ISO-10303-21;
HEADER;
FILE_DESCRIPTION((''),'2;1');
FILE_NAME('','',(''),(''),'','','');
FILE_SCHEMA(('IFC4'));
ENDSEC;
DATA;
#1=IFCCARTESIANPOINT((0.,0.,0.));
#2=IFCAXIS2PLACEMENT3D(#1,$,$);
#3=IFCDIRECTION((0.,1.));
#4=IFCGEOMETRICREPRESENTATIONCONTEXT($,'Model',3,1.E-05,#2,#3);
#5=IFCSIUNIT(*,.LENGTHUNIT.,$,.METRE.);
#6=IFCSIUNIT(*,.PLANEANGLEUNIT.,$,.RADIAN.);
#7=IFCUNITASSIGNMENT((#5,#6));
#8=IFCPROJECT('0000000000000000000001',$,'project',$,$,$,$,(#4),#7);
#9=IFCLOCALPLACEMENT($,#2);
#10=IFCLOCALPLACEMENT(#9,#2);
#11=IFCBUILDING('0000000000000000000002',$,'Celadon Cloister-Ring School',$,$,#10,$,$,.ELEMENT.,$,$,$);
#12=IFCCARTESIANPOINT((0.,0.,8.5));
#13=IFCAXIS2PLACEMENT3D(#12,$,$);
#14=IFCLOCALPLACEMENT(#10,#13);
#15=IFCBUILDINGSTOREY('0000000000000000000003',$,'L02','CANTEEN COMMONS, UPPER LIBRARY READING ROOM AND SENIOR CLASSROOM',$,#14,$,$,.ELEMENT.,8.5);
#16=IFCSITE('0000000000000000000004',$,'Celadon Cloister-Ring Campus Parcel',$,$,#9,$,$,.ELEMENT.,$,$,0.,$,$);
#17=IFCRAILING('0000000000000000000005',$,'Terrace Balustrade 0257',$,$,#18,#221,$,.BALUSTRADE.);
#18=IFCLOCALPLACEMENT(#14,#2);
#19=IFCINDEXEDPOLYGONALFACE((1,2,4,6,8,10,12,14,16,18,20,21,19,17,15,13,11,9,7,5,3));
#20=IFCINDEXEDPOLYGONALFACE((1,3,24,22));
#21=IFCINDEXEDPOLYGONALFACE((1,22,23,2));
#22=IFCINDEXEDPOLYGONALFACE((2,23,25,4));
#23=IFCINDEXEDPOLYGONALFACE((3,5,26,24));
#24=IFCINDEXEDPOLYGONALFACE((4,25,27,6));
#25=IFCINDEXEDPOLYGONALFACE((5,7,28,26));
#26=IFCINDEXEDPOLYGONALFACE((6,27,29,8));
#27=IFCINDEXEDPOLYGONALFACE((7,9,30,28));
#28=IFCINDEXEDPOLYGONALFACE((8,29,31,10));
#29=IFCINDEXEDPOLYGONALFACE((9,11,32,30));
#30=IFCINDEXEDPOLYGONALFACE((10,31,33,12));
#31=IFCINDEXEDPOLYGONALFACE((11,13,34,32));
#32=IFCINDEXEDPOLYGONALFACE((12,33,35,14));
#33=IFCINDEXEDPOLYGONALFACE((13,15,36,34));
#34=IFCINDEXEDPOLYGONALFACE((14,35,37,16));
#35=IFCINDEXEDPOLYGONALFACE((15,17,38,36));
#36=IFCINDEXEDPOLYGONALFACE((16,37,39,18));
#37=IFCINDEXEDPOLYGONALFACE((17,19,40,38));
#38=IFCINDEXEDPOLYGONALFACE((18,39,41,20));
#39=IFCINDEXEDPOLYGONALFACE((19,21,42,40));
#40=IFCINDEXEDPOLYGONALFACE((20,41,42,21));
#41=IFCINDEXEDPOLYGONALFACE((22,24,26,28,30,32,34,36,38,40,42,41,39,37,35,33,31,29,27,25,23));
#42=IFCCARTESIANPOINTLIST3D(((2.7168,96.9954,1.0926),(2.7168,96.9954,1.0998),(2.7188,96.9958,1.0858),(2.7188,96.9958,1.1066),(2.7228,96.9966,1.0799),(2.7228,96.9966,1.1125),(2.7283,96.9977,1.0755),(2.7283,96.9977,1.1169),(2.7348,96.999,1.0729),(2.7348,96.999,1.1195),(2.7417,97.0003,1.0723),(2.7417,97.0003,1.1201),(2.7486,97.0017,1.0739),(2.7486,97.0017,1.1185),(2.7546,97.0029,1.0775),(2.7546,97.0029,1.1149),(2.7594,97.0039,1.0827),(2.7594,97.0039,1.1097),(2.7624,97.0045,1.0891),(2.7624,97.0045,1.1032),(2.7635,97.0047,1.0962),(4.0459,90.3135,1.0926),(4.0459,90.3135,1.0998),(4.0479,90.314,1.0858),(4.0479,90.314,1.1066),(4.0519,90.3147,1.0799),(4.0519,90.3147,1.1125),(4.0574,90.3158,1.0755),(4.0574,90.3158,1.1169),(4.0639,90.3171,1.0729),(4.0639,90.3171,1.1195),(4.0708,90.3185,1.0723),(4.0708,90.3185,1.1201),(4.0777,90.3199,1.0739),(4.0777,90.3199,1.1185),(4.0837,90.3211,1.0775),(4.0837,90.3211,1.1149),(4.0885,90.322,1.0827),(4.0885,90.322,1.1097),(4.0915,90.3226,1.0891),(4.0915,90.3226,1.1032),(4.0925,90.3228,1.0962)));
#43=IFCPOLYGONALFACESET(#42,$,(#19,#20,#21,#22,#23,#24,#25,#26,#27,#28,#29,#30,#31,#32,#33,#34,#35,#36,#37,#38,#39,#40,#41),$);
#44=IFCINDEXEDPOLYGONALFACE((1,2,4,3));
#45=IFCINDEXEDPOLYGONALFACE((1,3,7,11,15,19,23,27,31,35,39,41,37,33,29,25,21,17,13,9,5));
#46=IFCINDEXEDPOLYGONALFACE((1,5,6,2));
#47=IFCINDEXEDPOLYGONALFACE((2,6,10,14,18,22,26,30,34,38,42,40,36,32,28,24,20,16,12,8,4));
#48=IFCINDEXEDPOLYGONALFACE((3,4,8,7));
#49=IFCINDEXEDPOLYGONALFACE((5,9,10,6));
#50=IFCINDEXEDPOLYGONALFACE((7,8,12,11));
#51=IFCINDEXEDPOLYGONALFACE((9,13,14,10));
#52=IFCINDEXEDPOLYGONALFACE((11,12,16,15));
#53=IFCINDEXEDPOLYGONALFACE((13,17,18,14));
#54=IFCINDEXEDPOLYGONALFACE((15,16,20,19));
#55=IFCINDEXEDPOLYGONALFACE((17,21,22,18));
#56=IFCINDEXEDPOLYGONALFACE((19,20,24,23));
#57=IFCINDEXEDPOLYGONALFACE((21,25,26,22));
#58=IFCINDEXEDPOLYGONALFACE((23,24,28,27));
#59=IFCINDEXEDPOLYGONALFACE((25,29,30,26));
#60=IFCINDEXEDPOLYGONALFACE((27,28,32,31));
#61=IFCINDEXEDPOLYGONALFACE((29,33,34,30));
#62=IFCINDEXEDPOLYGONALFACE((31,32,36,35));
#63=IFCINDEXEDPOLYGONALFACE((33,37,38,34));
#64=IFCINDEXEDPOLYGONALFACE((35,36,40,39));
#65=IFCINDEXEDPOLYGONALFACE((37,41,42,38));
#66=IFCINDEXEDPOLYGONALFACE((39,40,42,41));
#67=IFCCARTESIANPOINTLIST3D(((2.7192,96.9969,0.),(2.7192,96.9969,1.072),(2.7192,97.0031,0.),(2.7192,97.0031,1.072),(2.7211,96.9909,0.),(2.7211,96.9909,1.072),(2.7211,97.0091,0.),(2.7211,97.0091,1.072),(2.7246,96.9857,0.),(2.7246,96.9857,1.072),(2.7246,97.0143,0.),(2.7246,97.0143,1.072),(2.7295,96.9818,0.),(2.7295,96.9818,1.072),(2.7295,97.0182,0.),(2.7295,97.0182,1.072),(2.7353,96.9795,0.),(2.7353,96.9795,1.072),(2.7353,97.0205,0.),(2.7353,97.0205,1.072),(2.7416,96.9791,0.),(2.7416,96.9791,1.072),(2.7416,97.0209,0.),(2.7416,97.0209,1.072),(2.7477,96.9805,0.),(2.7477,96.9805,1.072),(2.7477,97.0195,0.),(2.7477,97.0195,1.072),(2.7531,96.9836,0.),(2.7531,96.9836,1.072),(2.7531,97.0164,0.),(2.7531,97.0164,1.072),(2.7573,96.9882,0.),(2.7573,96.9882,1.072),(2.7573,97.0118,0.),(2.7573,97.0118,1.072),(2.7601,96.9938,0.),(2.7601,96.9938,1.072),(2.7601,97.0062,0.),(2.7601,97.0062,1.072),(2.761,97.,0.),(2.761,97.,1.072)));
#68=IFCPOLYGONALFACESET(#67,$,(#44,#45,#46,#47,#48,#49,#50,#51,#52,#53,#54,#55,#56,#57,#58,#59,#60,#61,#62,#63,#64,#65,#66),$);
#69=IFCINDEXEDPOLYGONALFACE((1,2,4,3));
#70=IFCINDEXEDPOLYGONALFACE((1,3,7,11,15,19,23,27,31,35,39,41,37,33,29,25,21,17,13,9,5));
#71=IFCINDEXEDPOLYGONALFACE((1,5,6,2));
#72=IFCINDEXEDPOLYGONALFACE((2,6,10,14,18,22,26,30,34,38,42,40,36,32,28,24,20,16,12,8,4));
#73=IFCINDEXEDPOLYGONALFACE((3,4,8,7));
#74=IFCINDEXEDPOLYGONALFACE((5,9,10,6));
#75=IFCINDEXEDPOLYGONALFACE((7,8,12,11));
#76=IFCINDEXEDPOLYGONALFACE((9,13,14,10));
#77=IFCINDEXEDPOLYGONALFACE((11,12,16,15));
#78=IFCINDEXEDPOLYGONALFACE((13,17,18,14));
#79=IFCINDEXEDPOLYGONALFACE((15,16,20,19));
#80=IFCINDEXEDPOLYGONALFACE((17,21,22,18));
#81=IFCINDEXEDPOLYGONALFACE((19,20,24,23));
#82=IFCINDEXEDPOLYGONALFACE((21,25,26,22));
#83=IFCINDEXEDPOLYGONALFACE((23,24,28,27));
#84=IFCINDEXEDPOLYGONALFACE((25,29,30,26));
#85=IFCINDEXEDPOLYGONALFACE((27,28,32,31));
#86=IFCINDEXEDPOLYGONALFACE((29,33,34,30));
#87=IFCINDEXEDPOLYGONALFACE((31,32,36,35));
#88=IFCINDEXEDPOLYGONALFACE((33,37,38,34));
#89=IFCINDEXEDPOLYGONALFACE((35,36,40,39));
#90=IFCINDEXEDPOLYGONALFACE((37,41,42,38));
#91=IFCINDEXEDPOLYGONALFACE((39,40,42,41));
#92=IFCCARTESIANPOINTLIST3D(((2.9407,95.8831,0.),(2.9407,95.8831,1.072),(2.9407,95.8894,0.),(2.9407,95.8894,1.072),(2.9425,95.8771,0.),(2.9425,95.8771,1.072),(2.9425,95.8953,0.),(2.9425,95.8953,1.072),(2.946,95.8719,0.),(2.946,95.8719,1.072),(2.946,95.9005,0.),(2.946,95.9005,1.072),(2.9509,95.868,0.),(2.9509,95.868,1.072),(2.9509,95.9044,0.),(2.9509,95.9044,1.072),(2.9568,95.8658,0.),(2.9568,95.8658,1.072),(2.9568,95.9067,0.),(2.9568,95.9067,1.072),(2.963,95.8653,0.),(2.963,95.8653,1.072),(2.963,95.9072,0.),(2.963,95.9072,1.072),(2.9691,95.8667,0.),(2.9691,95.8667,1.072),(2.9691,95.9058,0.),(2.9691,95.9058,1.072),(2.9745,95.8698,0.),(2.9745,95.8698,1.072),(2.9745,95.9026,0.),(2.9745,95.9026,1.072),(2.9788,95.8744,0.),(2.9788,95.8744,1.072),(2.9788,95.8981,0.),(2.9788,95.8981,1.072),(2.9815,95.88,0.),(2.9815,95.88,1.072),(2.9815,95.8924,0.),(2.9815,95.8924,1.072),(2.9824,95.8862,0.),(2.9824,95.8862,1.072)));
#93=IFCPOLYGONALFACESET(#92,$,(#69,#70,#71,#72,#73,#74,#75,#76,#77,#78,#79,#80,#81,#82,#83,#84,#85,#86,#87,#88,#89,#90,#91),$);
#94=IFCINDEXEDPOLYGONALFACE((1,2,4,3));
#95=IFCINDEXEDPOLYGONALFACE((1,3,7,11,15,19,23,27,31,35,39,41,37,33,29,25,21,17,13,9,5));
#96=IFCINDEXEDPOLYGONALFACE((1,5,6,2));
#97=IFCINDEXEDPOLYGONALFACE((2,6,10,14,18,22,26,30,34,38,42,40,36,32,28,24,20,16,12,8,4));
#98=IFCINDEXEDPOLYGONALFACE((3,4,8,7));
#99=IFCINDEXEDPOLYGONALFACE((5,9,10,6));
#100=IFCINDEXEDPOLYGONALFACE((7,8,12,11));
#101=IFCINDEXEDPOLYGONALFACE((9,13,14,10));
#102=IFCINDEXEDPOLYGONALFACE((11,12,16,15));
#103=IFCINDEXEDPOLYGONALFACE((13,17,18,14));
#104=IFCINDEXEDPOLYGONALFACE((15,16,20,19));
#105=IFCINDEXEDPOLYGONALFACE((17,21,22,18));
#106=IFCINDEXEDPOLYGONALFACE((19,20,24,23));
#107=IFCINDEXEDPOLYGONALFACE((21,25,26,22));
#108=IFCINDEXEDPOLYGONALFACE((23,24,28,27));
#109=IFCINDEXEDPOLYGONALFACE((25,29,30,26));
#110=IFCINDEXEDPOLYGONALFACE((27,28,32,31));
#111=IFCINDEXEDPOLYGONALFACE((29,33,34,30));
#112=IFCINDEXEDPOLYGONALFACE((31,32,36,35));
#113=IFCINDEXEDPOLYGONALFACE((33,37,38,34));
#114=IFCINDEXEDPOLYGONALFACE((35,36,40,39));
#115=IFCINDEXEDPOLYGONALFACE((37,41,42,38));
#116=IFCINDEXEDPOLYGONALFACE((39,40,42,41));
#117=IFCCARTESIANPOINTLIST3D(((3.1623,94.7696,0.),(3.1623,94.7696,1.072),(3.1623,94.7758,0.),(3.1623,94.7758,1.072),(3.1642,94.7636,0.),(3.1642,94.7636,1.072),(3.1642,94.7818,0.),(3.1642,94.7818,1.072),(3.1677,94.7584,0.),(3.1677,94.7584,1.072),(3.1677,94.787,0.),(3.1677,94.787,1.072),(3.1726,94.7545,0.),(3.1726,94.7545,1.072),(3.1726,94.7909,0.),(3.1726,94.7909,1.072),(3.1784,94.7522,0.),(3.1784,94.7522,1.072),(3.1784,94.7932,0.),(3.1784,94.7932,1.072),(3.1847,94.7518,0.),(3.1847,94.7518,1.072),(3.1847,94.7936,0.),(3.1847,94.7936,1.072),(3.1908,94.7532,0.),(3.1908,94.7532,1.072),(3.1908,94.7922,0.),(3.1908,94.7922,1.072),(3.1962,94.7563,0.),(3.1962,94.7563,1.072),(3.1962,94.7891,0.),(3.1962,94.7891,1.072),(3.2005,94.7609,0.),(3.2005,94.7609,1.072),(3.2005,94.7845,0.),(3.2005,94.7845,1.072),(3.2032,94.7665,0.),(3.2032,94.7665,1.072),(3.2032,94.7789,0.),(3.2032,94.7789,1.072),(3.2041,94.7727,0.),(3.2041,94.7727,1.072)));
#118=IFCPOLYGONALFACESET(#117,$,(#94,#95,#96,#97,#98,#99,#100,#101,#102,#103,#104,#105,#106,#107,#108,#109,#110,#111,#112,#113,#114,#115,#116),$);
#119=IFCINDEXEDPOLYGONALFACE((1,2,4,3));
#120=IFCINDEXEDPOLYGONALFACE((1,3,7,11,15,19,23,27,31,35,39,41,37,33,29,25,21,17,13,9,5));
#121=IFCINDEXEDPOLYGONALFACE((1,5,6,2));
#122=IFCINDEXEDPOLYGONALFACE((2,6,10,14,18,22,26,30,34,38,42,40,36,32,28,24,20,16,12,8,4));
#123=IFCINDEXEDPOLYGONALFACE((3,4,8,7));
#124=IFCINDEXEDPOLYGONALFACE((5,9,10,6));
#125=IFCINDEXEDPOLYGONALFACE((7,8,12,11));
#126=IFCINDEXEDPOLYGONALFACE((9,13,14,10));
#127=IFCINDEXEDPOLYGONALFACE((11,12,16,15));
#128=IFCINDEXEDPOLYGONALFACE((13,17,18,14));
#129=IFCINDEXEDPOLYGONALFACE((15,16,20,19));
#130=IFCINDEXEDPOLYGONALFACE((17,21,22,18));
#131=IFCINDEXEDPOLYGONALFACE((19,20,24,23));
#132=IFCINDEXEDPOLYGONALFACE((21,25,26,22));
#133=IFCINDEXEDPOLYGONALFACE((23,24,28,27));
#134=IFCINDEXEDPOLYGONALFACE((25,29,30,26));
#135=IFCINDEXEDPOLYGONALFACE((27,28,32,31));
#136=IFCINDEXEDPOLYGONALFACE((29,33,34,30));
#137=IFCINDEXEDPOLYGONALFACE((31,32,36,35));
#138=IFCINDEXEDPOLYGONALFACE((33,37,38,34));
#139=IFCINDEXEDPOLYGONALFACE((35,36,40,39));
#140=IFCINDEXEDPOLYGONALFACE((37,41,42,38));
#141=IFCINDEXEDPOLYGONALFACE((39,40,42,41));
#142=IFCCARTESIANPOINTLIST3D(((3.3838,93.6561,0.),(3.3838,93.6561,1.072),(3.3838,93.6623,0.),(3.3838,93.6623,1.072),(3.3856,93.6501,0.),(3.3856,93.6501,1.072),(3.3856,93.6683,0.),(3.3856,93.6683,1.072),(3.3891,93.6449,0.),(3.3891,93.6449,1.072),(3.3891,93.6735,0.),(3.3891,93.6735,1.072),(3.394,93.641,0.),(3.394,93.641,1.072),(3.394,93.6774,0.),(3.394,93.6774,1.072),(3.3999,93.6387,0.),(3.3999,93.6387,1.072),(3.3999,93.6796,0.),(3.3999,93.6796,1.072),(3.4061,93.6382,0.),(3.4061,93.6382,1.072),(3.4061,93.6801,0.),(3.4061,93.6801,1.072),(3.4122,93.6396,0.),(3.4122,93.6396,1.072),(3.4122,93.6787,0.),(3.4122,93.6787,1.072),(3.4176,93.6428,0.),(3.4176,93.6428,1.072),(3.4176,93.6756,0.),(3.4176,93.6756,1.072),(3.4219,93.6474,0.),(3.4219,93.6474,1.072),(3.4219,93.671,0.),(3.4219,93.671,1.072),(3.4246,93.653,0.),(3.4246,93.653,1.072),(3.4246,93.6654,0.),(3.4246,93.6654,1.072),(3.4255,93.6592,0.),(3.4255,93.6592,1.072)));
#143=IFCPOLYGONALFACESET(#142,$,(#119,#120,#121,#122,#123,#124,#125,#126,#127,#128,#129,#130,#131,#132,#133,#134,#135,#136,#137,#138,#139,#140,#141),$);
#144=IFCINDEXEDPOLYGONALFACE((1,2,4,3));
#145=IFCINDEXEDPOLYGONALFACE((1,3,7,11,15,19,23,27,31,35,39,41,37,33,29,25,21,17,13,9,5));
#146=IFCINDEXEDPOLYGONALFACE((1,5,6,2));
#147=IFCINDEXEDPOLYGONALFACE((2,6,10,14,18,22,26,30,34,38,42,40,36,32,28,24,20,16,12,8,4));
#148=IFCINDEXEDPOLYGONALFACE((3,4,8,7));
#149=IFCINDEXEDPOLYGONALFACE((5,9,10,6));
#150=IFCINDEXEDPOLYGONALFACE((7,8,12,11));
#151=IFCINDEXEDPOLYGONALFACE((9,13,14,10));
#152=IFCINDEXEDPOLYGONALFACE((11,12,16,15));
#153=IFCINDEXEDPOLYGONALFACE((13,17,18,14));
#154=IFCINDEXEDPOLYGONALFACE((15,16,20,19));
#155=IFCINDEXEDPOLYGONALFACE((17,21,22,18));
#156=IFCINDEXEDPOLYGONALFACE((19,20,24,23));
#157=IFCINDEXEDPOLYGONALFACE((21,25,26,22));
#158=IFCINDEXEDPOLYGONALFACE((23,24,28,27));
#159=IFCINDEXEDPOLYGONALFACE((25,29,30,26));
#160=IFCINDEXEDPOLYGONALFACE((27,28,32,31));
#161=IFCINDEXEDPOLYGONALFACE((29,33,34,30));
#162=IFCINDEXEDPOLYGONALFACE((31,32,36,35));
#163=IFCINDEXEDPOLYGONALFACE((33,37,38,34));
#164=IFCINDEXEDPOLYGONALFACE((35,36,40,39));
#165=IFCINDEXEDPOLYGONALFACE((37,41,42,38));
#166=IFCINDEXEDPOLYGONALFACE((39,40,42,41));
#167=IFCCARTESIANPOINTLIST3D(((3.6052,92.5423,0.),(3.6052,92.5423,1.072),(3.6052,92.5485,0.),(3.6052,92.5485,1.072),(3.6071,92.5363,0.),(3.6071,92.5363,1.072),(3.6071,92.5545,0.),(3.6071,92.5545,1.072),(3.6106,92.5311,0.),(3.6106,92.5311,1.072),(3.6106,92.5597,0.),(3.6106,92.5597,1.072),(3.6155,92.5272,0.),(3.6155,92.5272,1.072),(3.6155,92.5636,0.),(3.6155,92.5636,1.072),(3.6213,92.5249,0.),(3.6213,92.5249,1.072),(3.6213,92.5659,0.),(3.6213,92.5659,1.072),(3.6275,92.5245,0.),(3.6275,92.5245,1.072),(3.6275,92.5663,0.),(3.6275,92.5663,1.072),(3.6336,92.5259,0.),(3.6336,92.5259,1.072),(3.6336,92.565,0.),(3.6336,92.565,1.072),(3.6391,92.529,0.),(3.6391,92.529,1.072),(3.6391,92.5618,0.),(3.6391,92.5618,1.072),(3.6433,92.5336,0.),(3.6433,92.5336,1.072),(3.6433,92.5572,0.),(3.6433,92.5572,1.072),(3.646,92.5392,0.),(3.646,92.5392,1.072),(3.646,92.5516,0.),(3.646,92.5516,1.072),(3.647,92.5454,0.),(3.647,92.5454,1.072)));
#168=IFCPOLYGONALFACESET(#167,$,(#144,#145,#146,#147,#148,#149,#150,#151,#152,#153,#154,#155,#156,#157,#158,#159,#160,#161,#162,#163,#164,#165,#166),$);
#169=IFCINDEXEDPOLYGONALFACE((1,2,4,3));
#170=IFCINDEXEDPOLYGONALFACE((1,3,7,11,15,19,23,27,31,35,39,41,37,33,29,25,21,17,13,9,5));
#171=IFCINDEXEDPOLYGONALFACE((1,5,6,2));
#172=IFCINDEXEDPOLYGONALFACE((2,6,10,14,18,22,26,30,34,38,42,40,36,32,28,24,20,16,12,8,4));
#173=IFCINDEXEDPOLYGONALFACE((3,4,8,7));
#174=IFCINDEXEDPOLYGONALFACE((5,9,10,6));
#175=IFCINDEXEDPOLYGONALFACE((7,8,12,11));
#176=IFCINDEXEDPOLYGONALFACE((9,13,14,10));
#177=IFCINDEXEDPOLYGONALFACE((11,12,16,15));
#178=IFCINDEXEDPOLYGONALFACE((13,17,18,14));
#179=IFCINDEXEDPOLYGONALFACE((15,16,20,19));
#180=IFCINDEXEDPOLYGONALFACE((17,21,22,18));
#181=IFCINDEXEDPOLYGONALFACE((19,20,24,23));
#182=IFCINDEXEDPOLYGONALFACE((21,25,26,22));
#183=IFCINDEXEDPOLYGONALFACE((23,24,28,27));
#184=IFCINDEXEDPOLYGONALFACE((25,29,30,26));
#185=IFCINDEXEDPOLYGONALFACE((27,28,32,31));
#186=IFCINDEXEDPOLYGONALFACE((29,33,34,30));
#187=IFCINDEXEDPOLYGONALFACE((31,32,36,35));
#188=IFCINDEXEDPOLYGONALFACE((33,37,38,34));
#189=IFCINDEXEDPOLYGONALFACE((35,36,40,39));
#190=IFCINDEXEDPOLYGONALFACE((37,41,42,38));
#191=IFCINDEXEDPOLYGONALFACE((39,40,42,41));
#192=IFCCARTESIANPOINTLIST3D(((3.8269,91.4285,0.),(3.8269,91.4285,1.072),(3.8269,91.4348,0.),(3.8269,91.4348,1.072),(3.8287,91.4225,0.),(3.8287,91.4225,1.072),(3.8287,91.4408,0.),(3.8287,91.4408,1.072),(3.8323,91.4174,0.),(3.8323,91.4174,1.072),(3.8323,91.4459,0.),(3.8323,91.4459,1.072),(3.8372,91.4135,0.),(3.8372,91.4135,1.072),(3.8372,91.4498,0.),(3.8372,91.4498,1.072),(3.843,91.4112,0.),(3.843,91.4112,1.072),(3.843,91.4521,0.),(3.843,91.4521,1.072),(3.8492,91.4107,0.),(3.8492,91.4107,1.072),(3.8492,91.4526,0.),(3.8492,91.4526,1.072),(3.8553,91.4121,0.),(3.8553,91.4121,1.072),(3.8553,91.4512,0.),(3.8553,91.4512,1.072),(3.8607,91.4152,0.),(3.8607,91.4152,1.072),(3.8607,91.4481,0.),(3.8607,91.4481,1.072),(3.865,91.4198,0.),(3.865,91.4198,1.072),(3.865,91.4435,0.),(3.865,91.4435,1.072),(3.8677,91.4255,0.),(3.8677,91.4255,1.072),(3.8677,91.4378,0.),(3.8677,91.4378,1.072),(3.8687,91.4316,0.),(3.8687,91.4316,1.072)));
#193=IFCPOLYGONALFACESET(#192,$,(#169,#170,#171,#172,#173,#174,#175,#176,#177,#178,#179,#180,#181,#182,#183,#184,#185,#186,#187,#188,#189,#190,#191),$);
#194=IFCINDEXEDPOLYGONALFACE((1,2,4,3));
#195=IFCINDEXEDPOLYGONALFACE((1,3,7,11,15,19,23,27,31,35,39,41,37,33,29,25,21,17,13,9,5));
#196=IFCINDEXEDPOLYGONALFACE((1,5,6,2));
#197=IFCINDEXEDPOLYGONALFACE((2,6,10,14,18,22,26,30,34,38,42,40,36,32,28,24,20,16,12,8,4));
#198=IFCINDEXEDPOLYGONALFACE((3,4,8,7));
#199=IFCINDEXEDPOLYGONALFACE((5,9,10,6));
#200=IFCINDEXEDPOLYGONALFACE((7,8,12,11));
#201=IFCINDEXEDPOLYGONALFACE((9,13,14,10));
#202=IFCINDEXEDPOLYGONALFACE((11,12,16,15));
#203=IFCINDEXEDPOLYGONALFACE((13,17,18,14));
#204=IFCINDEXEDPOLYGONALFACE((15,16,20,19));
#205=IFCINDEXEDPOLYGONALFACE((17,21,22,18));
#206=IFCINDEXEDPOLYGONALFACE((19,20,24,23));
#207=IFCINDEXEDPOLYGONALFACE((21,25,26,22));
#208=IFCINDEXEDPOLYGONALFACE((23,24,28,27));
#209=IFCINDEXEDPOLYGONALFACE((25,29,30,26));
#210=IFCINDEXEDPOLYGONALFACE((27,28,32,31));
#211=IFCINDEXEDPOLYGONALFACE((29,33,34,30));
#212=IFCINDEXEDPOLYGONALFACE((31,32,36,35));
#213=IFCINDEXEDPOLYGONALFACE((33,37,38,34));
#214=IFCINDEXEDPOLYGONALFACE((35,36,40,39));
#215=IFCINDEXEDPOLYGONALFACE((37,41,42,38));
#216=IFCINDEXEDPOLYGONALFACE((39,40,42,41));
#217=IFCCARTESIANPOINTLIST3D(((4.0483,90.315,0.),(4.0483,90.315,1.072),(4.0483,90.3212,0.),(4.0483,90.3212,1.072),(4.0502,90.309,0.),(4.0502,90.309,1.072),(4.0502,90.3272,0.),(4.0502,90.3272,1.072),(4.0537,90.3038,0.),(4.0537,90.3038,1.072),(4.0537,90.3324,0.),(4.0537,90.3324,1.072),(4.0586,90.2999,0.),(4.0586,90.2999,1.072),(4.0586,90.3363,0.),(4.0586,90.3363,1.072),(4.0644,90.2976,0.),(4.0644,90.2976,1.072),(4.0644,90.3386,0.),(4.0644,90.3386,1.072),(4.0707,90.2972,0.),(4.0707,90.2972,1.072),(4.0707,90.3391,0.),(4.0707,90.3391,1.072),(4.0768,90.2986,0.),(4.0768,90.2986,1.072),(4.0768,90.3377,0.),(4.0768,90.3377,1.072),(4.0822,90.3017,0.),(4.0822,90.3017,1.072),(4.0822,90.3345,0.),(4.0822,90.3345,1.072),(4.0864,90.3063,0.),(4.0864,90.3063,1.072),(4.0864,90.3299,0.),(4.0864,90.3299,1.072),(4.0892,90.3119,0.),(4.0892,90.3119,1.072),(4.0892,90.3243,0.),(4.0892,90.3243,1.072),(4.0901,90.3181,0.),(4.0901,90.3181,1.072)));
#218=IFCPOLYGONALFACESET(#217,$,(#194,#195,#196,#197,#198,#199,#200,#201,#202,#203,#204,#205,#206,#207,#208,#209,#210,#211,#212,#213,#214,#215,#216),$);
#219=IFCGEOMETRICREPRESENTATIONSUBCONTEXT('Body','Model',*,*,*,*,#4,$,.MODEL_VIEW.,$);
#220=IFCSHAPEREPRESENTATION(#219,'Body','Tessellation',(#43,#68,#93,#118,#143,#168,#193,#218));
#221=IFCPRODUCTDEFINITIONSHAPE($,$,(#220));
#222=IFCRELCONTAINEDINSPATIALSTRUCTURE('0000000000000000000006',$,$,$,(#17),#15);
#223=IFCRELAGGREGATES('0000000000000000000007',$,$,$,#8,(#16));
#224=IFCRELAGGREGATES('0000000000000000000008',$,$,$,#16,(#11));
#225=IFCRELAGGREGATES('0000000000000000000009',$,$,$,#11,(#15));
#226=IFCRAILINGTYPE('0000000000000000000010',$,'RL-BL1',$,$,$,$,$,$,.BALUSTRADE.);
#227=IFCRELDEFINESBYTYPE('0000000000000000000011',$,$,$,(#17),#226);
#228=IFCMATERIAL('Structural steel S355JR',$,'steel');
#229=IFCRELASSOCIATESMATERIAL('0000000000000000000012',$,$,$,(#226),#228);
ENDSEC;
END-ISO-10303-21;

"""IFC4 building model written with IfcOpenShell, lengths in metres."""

from ifc_helpers import new_model, si_unit, direction, frame, origin, origin_2d, place, context, subcontext, project, spatial, circle, extrude, material, type_object, element, save


model = new_model("IFC4")

# Units and contexts
model_context = context("Model", 3, precision=1e-05, world=origin(), true_north=direction((0.0, 1.0)))
body_context = subcontext(model_context, "Body", "Model", "MODEL_VIEW")
ifc_project = project(units=[si_unit("LENGTHUNIT", "METRE"), si_unit("PLANEANGLEUNIT", "RADIAN")], contexts=[model_context])

# Site, building, storey
site_placement = place(None, origin())
site = spatial("IfcSite", under=ifc_project, at=site_placement, Name="Celadon Cloister-Ring Campus Parcel", CompositionType="ELEMENT", RefElevation=0.0)
building_placement = place(site_placement, origin())
building = spatial("IfcBuilding", under=site, at=building_placement, Name="Celadon Cloister-Ring School", CompositionType="ELEMENT")
storey_placement = place(building_placement, frame((0.0, 0.0, 8.5)))
storey = spatial("IfcBuildingStorey", under=building, at=storey_placement, Name="L02", Description="CANTEEN COMMONS, UPPER LIBRARY READING ROOM AND SENIOR CLASSROOM", CompositionType="ELEMENT", Elevation=8.5)

# Railing
ifc_material_1 = material(Name="Structural steel S355JR", Category="steel")
railing_type_1 = type_object("IfcRailingType", Name="RL-BL1", PredefinedType="BALUSTRADE", material=ifc_material_1)
railing_1_placement = place(storey_placement, frame((2.74, 97.0, 0.0)))
element("IfcRailing", 1, at=railing_1_placement, inside=storey, type_object=railing_type_1, Name="Terrace Balustrade 0257", PredefinedType="BALUSTRADE", context=body_context, shape_type="SweptSolid", body=[
    extrude(circle(Radius=0.0239, at=origin_2d()), frame((0.0, 0.0, 1.0962), z_axis=(0.195089, -0.980786, 0.0), x_axis=(0.980786, 0.195089, 0.0)), (0.0, 0.0, 1.0), 6.8127),
    extrude(circle(Radius=0.021, at=origin_2d()), origin(), (0.0, 0.0, 1.0), 1.072),
    extrude(circle(Radius=0.021, at=origin_2d()), frame((0.2214, -1.1138, 0.0)), (0.0, 0.0, 1.0), 1.072),
    extrude(circle(Radius=0.021, at=origin_2d()), frame((0.4431, -2.2273, 0.0)), (0.0, 0.0, 1.0), 1.072),
    extrude(circle(Radius=0.021, at=origin_2d()), frame((0.6646, -3.3408, 0.0)), (0.0, 0.0, 1.0), 1.072),
    extrude(circle(Radius=0.021, at=origin_2d()), frame((0.886, -4.4546, 0.0)), (0.0, 0.0, 1.0), 1.072),
    extrude(circle(Radius=0.021, at=origin_2d()), frame((1.1077, -5.5684, 0.0)), (0.0, 0.0, 1.0), 1.072),
    extrude(circle(Radius=0.021, at=origin_2d()), frame((1.3291, -6.6819, 0.0)), (0.0, 0.0, 1.0), 1.072),
])

save(model, "model.ifc")
